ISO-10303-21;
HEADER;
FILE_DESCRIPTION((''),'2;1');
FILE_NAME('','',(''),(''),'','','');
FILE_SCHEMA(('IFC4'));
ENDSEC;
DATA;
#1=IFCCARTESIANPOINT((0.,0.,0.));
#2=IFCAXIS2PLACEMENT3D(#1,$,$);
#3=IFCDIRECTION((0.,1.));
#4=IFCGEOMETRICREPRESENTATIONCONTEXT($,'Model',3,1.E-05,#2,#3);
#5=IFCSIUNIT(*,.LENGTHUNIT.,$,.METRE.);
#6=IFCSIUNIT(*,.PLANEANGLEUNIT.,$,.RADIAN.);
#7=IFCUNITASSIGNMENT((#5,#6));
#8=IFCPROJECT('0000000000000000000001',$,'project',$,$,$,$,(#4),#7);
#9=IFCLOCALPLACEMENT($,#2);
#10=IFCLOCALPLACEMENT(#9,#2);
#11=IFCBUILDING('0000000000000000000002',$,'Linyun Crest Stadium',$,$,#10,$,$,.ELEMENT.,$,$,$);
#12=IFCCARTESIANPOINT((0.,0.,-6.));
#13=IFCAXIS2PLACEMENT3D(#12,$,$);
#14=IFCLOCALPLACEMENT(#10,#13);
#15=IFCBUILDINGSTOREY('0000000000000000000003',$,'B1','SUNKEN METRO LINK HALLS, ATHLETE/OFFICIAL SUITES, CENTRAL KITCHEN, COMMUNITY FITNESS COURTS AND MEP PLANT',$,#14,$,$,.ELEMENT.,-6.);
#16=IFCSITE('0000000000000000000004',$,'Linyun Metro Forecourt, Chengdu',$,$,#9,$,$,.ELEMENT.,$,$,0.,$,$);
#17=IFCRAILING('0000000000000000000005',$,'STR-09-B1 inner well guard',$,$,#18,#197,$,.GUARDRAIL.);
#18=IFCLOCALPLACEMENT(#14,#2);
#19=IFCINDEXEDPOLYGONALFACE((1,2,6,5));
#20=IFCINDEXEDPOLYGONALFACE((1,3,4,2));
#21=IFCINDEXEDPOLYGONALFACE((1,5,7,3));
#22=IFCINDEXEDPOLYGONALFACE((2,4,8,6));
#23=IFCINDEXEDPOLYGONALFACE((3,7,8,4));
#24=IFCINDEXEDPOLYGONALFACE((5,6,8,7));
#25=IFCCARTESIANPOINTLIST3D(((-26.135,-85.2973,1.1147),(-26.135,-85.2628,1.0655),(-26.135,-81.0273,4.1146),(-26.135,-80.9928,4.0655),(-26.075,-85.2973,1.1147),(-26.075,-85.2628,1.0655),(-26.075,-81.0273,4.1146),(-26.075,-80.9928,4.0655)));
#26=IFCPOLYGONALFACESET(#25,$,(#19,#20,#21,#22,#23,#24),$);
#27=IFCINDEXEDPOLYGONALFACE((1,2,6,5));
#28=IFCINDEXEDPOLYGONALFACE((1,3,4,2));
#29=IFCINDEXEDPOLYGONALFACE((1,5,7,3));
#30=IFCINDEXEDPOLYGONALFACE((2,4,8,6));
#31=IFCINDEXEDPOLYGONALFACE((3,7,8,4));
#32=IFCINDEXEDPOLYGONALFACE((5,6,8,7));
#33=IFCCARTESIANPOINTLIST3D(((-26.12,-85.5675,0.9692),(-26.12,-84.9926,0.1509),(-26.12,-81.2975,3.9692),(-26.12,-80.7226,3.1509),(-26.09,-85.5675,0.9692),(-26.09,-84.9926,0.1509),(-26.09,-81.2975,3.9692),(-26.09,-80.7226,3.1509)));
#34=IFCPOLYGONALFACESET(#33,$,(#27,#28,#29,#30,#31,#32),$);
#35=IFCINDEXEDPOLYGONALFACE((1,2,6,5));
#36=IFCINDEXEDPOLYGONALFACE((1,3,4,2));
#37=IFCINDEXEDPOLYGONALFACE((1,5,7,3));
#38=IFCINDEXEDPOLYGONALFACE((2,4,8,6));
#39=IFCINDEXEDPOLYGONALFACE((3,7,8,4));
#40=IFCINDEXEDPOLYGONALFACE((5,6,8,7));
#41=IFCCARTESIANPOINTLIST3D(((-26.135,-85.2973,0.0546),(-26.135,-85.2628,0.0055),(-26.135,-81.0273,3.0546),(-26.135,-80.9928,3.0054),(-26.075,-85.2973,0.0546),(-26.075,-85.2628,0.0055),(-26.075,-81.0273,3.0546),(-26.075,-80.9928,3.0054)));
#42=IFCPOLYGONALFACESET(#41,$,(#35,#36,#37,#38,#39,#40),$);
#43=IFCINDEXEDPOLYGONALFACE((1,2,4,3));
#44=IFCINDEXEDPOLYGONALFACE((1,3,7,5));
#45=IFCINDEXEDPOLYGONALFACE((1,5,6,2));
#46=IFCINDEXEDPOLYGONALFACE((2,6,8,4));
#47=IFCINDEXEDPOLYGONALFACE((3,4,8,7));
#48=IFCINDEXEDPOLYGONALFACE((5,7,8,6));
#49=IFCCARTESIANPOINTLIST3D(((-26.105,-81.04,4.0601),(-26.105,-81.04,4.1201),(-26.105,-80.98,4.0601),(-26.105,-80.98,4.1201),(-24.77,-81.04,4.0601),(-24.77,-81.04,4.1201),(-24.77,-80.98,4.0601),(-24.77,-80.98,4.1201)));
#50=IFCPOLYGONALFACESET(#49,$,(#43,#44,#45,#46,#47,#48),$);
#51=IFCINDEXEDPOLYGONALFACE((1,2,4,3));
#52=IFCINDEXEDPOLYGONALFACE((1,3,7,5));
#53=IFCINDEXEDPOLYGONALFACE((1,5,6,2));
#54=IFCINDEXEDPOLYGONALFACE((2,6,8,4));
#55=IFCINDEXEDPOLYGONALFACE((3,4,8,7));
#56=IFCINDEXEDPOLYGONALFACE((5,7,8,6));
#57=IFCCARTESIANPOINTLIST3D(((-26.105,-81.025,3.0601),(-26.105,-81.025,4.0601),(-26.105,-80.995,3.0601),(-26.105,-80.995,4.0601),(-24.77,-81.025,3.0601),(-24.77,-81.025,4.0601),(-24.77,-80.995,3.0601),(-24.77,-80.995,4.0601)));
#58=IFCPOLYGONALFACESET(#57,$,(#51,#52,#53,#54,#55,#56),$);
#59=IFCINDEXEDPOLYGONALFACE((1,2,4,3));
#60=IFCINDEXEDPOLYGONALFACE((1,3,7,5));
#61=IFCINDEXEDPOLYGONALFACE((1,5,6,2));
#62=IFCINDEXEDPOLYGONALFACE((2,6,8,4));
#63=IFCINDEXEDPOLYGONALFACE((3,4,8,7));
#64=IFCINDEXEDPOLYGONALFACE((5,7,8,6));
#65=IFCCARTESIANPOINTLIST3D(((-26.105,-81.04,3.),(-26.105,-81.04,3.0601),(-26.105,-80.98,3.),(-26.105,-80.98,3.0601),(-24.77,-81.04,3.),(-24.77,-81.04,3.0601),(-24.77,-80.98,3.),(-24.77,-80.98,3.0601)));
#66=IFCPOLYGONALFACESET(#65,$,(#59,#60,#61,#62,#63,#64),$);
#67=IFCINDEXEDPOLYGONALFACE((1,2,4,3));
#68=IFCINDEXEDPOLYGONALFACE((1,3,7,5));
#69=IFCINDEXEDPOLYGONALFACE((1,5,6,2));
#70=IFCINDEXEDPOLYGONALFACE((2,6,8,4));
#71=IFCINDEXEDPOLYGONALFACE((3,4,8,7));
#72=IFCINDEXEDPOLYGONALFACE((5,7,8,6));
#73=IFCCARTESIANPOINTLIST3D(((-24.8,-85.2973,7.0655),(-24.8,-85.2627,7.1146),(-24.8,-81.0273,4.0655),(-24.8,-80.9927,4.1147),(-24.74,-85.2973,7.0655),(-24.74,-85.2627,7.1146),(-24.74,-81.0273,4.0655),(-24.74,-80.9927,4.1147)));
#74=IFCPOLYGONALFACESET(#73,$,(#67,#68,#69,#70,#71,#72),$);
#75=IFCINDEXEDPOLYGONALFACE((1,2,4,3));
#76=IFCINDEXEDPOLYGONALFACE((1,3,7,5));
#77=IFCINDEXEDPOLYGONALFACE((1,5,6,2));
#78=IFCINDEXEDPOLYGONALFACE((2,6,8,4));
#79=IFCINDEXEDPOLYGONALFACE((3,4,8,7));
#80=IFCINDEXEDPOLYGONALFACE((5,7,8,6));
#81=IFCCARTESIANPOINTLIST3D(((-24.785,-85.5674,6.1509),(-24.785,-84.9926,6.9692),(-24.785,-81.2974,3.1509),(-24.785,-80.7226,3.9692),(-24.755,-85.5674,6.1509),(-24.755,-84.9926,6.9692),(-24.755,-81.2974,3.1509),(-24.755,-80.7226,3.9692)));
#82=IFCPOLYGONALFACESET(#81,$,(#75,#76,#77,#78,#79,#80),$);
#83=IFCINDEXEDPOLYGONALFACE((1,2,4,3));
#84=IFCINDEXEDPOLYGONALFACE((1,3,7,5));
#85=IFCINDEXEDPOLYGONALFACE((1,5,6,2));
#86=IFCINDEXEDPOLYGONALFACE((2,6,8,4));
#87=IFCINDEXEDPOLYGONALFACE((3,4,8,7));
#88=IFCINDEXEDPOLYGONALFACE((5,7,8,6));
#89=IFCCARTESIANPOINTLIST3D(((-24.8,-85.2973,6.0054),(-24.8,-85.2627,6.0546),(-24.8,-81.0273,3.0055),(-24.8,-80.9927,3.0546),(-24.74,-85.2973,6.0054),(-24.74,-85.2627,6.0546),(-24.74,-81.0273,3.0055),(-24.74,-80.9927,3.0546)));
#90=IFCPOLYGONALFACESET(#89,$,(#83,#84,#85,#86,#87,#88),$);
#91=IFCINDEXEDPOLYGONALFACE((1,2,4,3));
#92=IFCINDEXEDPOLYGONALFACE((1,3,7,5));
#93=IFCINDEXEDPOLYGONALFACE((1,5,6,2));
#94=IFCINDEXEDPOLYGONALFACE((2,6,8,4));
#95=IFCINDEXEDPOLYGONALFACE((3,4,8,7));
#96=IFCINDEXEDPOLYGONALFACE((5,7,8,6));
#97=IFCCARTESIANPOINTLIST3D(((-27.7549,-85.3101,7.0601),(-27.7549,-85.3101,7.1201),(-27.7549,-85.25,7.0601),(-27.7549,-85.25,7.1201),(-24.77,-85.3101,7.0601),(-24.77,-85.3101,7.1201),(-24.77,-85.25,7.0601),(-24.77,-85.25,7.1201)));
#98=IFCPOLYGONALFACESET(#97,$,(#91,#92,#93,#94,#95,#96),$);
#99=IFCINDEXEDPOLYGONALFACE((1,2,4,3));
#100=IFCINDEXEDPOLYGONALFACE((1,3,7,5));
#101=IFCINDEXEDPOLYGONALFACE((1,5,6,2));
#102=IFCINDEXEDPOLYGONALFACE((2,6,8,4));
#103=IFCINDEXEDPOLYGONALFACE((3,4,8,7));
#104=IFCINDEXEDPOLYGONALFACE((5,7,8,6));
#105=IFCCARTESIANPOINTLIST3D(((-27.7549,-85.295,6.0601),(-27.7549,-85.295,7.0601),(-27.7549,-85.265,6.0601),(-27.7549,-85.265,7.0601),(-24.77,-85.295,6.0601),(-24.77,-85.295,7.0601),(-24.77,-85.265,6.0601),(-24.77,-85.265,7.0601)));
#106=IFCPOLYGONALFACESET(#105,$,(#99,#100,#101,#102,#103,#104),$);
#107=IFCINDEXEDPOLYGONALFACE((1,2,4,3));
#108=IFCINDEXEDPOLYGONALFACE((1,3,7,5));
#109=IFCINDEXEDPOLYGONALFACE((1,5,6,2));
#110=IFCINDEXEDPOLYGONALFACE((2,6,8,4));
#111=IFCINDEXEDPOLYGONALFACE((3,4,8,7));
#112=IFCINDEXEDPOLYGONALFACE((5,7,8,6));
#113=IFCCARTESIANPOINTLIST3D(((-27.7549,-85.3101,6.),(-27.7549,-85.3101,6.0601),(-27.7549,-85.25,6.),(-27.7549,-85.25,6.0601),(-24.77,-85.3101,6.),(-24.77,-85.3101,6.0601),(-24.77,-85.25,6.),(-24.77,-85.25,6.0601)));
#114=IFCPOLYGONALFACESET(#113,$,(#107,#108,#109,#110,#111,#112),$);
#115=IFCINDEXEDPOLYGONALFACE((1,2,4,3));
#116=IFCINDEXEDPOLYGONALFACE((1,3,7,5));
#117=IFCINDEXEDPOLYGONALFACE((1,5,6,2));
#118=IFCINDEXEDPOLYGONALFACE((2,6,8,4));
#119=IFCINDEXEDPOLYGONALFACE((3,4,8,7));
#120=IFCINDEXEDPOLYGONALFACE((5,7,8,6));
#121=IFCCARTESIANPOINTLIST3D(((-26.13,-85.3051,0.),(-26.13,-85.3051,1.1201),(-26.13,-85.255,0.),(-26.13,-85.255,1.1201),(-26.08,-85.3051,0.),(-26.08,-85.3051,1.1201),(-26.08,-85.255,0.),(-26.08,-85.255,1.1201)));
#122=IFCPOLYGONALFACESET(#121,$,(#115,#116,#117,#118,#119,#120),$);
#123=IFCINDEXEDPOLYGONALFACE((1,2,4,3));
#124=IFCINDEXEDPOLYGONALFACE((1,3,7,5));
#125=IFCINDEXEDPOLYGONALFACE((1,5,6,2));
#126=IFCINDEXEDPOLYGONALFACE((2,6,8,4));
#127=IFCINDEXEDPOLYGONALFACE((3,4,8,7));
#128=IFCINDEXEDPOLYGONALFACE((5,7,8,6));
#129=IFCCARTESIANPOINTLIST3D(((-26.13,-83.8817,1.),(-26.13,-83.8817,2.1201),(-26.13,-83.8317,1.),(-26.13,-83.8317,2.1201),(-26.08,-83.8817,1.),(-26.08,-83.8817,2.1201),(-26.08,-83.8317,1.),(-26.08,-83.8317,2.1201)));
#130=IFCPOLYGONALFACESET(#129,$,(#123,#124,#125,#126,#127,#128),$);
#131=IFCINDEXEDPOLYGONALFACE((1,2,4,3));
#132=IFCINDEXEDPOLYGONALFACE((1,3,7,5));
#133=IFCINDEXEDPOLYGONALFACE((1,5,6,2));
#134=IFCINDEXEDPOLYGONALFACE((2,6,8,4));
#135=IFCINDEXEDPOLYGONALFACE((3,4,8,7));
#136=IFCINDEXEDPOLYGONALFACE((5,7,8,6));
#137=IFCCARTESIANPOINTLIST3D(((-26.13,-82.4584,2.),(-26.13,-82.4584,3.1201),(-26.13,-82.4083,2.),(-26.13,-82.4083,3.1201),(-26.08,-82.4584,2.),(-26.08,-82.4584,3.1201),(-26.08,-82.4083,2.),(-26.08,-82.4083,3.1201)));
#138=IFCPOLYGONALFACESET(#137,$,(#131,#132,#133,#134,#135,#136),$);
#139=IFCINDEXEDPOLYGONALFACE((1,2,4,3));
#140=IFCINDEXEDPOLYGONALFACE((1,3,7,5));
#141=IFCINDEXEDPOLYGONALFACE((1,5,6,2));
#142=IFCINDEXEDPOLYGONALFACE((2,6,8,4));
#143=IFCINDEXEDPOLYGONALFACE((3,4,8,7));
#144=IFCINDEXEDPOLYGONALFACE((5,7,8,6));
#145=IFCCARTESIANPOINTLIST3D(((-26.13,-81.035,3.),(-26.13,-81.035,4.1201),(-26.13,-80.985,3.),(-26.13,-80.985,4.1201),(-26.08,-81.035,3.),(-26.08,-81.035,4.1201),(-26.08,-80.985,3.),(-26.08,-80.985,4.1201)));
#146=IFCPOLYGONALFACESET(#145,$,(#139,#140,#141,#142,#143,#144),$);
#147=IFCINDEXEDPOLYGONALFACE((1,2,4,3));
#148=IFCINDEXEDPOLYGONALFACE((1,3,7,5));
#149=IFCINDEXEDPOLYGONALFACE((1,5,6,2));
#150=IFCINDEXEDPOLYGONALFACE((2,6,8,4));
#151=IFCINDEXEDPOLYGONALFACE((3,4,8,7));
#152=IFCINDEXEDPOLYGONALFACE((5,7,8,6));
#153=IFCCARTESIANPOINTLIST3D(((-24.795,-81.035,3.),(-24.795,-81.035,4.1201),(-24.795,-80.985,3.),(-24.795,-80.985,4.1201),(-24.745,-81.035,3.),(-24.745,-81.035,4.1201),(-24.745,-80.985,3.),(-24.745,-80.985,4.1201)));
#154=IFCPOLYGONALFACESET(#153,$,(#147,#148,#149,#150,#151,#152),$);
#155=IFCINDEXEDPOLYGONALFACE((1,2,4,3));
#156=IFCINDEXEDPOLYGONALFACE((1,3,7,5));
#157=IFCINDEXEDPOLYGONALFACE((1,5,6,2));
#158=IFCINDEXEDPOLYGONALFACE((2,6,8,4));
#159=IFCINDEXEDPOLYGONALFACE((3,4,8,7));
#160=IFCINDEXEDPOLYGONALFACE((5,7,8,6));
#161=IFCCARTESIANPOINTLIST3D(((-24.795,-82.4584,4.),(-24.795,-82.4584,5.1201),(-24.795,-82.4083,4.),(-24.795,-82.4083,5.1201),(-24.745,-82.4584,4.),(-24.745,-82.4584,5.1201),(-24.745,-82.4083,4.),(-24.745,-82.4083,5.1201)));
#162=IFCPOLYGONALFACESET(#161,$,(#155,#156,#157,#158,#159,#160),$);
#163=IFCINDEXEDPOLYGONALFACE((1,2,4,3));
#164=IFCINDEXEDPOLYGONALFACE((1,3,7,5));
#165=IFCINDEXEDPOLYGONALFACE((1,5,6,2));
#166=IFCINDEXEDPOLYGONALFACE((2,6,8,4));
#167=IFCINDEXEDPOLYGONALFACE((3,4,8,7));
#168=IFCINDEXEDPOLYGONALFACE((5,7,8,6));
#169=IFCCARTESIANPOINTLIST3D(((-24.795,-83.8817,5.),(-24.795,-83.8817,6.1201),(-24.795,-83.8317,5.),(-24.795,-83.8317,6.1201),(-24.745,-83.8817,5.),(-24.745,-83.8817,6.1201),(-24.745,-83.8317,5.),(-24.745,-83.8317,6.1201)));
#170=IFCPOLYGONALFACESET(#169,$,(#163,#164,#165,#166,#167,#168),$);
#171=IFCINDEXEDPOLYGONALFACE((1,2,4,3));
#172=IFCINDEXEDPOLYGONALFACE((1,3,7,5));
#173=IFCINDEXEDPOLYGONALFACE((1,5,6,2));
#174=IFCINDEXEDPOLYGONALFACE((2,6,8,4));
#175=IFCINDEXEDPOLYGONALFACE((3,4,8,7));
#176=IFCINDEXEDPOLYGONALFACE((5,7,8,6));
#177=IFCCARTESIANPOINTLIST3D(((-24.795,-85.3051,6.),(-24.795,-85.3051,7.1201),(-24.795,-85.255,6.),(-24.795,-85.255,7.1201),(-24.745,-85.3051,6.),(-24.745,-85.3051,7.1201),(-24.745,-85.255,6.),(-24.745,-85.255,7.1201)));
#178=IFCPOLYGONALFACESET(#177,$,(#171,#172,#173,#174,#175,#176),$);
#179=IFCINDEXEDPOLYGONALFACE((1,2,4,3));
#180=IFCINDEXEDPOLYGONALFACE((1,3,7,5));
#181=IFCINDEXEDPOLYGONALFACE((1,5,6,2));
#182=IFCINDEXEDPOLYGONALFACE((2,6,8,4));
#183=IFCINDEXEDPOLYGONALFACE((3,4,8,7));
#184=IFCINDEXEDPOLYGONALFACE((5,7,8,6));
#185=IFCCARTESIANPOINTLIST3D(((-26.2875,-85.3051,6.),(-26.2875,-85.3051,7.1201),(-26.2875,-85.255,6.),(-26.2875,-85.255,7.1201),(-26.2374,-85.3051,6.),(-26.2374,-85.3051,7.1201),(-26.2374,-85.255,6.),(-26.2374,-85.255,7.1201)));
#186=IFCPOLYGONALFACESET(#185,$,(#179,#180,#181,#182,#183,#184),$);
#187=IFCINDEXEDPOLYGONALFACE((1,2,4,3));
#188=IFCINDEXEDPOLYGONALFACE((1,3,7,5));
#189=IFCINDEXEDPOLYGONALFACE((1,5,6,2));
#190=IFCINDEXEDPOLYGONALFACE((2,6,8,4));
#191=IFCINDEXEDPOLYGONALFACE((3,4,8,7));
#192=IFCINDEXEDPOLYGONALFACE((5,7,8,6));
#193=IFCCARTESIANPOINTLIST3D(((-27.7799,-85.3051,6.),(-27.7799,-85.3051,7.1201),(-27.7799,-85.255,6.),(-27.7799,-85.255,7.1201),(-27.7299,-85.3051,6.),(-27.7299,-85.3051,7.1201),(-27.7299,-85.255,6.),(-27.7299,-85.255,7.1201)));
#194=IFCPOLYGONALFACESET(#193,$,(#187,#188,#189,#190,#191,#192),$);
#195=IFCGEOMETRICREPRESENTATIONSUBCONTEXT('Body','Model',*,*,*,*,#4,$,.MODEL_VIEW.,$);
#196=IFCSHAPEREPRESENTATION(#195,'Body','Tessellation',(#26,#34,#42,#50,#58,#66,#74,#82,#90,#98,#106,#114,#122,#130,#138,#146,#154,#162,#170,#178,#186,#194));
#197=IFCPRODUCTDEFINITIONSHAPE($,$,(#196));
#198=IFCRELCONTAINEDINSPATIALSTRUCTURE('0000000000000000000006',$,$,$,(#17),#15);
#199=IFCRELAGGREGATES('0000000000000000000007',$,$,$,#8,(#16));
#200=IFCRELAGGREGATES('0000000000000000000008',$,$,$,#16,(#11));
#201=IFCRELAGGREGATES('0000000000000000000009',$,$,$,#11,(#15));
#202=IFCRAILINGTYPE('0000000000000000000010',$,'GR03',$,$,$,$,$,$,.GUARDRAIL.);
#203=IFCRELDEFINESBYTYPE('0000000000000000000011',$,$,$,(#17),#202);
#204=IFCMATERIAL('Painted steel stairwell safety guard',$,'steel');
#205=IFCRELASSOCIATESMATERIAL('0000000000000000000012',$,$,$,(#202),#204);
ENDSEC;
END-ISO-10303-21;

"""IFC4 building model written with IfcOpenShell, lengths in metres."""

from ifc_helpers import new_model, si_unit, direction, frame, origin, origin_2d, place, context, subcontext, project, spatial, rectangle, extrude, material, type_object, element, save


model = new_model("IFC4")

# Units and contexts
model_context = context("Model", 3, precision=1e-05, world=origin(), true_north=direction((0.0, 1.0)))
body_context = subcontext(model_context, "Body", "Model", "MODEL_VIEW")
ifc_project = project(units=[si_unit("LENGTHUNIT", "METRE"), si_unit("PLANEANGLEUNIT", "RADIAN")], contexts=[model_context])

# Site, building, storey
site_placement = place(None, origin())
site = spatial("IfcSite", under=ifc_project, at=site_placement, Name="Linyun Metro Forecourt, Chengdu", CompositionType="ELEMENT", RefElevation=0.0)
building_placement = place(site_placement, origin())
building = spatial("IfcBuilding", under=site, at=building_placement, Name="Linyun Crest Stadium", CompositionType="ELEMENT")
storey_placement = place(building_placement, frame((0.0, 0.0, -6.0)))
storey = spatial("IfcBuildingStorey", under=building, at=storey_placement, Name="B1", Description="SUNKEN METRO LINK HALLS, ATHLETE/OFFICIAL SUITES, CENTRAL KITCHEN, COMMUNITY FITNESS COURTS AND MEP PLANT", CompositionType="ELEMENT", Elevation=-6.0)

# Railing
ifc_material_1 = material(Name="Painted steel stairwell safety guard", Category="steel")
railing_type_1 = type_object("IfcRailingType", Name="GR03", PredefinedType="GUARDRAIL", material=ifc_material_1)
railing_1_placement = place(storey_placement, frame((-26.105, -85.28, 0.0)))
element("IfcRailing", 1, at=railing_1_placement, inside=storey, type_object=railing_type_1, Name="STR-09-B1 inner well guard", PredefinedType="GUARDRAIL", context=body_context, shape_type="SweptSolid", body=[
    extrude(rectangle(XDim=0.0601, YDim=0.0601, at=origin_2d()), frame((0.0, 0.0, 1.0901), z_axis=(0.0, 0.818242, 0.574874), x_axis=(-1.0, 0.0, 0.0)), (0.0, 0.0, 1.0), 5.2185),
    extrude(rectangle(XDim=0.03, YDim=1.0, at=origin_2d()), frame((0.0, 0.0, 0.5601), z_axis=(0.0, 0.818242, 0.574874), x_axis=(-1.0, 0.0, 0.0)), (0.0, 0.0, 1.0), 5.2185),
    extrude(rectangle(XDim=0.0601, YDim=0.0601, at=origin_2d()), frame((0.0, 0.0, 0.03), z_axis=(0.0, 0.818242, 0.574874), x_axis=(-1.0, 0.0, 0.0)), (0.0, 0.0, 1.0), 5.2185),
    extrude(rectangle(XDim=0.0601, YDim=0.0601, at=origin_2d()), frame((0.0, 4.27, 4.0901), z_axis=(1.0, 0.0, 0.0), x_axis=(0.0, 1.0, 0.0)), (0.0, 0.0, 1.0), 1.335),
    extrude(rectangle(XDim=0.03, YDim=1.0, at=origin_2d()), frame((0.0, 4.27, 3.5601), z_axis=(1.0, 0.0, 0.0), x_axis=(0.0, 1.0, 0.0)), (0.0, 0.0, 1.0), 1.335),
    extrude(rectangle(XDim=0.0601, YDim=0.0601, at=origin_2d()), frame((0.0, 4.27, 3.03), z_axis=(1.0, 0.0, 0.0), x_axis=(0.0, 1.0, 0.0)), (0.0, 0.0, 1.0), 1.335),
    extrude(rectangle(XDim=0.0601, YDim=0.0601, at=origin_2d()), frame((1.335, 4.27, 4.0901), z_axis=(0.0, -0.818242, 0.574874), x_axis=(1.0, 0.0, 0.0)), (0.0, 0.0, 1.0), 5.2185),
    extrude(rectangle(XDim=0.03, YDim=1.0, at=origin_2d()), frame((1.335, 4.27, 3.5601), z_axis=(0.0, -0.818242, 0.574874), x_axis=(1.0, 0.0, 0.0)), (0.0, 0.0, 1.0), 5.2185),
    extrude(rectangle(XDim=0.0601, YDim=0.0601, at=origin_2d()), frame((1.335, 4.27, 3.03), z_axis=(0.0, -0.818242, 0.574874), x_axis=(1.0, 0.0, 0.0)), (0.0, 0.0, 1.0), 5.2185),
    extrude(rectangle(XDim=0.0601, YDim=0.0601, at=origin_2d()), frame((1.335, 0.0, 7.0901), z_axis=(-1.0, 0.0, 0.0), x_axis=(0.0, -1.0, 0.0)), (0.0, 0.0, 1.0), 2.9849),
    extrude(rectangle(XDim=0.03, YDim=1.0, at=origin_2d()), frame((1.335, 0.0, 6.5601), z_axis=(-1.0, 0.0, 0.0), x_axis=(0.0, -1.0, 0.0)), (0.0, 0.0, 1.0), 2.9849),
    extrude(rectangle(XDim=0.0601, YDim=0.0601, at=origin_2d()), frame((1.335, 0.0, 6.03), z_axis=(-1.0, 0.0, 0.0), x_axis=(0.0, -1.0, 0.0)), (0.0, 0.0, 1.0), 2.9849),
    extrude(rectangle(XDim=0.05, YDim=0.05, at=origin_2d()), origin(), (0.0, 0.0, 1.0), 1.1201),
    extrude(rectangle(XDim=0.05, YDim=0.05, at=origin_2d()), frame((0.0, 1.4233, 1.0)), (0.0, 0.0, 1.0), 1.1201),
    extrude(rectangle(XDim=0.05, YDim=0.05, at=origin_2d()), frame((0.0, 2.8467, 2.0)), (0.0, 0.0, 1.0), 1.1201),
    extrude(rectangle(XDim=0.05, YDim=0.05, at=origin_2d()), frame((0.0, 4.27, 3.0)), (0.0, 0.0, 1.0), 1.1201),
    extrude(rectangle(XDim=0.05, YDim=0.05, at=origin_2d()), frame((1.335, 4.27, 3.0)), (0.0, 0.0, 1.0), 1.1201),
    extrude(rectangle(XDim=0.05, YDim=0.05, at=origin_2d()), frame((1.335, 2.8467, 4.0)), (0.0, 0.0, 1.0), 1.1201),
    extrude(rectangle(XDim=0.05, YDim=0.05, at=origin_2d()), frame((1.335, 1.4233, 5.0)), (0.0, 0.0, 1.0), 1.1201),
    extrude(rectangle(XDim=0.05, YDim=0.05, at=origin_2d()), frame((1.335, 0.0, 6.0)), (0.0, 0.0, 1.0), 1.1201),
    extrude(rectangle(XDim=0.05, YDim=0.05, at=origin_2d()), frame((-0.1575, 0.0, 6.0)), (0.0, 0.0, 1.0), 1.1201),
    extrude(rectangle(XDim=0.05, YDim=0.05, at=origin_2d()), frame((-1.6499, 0.0, 6.0)), (0.0, 0.0, 1.0), 1.1201),
])

save(model, "model.ifc")
